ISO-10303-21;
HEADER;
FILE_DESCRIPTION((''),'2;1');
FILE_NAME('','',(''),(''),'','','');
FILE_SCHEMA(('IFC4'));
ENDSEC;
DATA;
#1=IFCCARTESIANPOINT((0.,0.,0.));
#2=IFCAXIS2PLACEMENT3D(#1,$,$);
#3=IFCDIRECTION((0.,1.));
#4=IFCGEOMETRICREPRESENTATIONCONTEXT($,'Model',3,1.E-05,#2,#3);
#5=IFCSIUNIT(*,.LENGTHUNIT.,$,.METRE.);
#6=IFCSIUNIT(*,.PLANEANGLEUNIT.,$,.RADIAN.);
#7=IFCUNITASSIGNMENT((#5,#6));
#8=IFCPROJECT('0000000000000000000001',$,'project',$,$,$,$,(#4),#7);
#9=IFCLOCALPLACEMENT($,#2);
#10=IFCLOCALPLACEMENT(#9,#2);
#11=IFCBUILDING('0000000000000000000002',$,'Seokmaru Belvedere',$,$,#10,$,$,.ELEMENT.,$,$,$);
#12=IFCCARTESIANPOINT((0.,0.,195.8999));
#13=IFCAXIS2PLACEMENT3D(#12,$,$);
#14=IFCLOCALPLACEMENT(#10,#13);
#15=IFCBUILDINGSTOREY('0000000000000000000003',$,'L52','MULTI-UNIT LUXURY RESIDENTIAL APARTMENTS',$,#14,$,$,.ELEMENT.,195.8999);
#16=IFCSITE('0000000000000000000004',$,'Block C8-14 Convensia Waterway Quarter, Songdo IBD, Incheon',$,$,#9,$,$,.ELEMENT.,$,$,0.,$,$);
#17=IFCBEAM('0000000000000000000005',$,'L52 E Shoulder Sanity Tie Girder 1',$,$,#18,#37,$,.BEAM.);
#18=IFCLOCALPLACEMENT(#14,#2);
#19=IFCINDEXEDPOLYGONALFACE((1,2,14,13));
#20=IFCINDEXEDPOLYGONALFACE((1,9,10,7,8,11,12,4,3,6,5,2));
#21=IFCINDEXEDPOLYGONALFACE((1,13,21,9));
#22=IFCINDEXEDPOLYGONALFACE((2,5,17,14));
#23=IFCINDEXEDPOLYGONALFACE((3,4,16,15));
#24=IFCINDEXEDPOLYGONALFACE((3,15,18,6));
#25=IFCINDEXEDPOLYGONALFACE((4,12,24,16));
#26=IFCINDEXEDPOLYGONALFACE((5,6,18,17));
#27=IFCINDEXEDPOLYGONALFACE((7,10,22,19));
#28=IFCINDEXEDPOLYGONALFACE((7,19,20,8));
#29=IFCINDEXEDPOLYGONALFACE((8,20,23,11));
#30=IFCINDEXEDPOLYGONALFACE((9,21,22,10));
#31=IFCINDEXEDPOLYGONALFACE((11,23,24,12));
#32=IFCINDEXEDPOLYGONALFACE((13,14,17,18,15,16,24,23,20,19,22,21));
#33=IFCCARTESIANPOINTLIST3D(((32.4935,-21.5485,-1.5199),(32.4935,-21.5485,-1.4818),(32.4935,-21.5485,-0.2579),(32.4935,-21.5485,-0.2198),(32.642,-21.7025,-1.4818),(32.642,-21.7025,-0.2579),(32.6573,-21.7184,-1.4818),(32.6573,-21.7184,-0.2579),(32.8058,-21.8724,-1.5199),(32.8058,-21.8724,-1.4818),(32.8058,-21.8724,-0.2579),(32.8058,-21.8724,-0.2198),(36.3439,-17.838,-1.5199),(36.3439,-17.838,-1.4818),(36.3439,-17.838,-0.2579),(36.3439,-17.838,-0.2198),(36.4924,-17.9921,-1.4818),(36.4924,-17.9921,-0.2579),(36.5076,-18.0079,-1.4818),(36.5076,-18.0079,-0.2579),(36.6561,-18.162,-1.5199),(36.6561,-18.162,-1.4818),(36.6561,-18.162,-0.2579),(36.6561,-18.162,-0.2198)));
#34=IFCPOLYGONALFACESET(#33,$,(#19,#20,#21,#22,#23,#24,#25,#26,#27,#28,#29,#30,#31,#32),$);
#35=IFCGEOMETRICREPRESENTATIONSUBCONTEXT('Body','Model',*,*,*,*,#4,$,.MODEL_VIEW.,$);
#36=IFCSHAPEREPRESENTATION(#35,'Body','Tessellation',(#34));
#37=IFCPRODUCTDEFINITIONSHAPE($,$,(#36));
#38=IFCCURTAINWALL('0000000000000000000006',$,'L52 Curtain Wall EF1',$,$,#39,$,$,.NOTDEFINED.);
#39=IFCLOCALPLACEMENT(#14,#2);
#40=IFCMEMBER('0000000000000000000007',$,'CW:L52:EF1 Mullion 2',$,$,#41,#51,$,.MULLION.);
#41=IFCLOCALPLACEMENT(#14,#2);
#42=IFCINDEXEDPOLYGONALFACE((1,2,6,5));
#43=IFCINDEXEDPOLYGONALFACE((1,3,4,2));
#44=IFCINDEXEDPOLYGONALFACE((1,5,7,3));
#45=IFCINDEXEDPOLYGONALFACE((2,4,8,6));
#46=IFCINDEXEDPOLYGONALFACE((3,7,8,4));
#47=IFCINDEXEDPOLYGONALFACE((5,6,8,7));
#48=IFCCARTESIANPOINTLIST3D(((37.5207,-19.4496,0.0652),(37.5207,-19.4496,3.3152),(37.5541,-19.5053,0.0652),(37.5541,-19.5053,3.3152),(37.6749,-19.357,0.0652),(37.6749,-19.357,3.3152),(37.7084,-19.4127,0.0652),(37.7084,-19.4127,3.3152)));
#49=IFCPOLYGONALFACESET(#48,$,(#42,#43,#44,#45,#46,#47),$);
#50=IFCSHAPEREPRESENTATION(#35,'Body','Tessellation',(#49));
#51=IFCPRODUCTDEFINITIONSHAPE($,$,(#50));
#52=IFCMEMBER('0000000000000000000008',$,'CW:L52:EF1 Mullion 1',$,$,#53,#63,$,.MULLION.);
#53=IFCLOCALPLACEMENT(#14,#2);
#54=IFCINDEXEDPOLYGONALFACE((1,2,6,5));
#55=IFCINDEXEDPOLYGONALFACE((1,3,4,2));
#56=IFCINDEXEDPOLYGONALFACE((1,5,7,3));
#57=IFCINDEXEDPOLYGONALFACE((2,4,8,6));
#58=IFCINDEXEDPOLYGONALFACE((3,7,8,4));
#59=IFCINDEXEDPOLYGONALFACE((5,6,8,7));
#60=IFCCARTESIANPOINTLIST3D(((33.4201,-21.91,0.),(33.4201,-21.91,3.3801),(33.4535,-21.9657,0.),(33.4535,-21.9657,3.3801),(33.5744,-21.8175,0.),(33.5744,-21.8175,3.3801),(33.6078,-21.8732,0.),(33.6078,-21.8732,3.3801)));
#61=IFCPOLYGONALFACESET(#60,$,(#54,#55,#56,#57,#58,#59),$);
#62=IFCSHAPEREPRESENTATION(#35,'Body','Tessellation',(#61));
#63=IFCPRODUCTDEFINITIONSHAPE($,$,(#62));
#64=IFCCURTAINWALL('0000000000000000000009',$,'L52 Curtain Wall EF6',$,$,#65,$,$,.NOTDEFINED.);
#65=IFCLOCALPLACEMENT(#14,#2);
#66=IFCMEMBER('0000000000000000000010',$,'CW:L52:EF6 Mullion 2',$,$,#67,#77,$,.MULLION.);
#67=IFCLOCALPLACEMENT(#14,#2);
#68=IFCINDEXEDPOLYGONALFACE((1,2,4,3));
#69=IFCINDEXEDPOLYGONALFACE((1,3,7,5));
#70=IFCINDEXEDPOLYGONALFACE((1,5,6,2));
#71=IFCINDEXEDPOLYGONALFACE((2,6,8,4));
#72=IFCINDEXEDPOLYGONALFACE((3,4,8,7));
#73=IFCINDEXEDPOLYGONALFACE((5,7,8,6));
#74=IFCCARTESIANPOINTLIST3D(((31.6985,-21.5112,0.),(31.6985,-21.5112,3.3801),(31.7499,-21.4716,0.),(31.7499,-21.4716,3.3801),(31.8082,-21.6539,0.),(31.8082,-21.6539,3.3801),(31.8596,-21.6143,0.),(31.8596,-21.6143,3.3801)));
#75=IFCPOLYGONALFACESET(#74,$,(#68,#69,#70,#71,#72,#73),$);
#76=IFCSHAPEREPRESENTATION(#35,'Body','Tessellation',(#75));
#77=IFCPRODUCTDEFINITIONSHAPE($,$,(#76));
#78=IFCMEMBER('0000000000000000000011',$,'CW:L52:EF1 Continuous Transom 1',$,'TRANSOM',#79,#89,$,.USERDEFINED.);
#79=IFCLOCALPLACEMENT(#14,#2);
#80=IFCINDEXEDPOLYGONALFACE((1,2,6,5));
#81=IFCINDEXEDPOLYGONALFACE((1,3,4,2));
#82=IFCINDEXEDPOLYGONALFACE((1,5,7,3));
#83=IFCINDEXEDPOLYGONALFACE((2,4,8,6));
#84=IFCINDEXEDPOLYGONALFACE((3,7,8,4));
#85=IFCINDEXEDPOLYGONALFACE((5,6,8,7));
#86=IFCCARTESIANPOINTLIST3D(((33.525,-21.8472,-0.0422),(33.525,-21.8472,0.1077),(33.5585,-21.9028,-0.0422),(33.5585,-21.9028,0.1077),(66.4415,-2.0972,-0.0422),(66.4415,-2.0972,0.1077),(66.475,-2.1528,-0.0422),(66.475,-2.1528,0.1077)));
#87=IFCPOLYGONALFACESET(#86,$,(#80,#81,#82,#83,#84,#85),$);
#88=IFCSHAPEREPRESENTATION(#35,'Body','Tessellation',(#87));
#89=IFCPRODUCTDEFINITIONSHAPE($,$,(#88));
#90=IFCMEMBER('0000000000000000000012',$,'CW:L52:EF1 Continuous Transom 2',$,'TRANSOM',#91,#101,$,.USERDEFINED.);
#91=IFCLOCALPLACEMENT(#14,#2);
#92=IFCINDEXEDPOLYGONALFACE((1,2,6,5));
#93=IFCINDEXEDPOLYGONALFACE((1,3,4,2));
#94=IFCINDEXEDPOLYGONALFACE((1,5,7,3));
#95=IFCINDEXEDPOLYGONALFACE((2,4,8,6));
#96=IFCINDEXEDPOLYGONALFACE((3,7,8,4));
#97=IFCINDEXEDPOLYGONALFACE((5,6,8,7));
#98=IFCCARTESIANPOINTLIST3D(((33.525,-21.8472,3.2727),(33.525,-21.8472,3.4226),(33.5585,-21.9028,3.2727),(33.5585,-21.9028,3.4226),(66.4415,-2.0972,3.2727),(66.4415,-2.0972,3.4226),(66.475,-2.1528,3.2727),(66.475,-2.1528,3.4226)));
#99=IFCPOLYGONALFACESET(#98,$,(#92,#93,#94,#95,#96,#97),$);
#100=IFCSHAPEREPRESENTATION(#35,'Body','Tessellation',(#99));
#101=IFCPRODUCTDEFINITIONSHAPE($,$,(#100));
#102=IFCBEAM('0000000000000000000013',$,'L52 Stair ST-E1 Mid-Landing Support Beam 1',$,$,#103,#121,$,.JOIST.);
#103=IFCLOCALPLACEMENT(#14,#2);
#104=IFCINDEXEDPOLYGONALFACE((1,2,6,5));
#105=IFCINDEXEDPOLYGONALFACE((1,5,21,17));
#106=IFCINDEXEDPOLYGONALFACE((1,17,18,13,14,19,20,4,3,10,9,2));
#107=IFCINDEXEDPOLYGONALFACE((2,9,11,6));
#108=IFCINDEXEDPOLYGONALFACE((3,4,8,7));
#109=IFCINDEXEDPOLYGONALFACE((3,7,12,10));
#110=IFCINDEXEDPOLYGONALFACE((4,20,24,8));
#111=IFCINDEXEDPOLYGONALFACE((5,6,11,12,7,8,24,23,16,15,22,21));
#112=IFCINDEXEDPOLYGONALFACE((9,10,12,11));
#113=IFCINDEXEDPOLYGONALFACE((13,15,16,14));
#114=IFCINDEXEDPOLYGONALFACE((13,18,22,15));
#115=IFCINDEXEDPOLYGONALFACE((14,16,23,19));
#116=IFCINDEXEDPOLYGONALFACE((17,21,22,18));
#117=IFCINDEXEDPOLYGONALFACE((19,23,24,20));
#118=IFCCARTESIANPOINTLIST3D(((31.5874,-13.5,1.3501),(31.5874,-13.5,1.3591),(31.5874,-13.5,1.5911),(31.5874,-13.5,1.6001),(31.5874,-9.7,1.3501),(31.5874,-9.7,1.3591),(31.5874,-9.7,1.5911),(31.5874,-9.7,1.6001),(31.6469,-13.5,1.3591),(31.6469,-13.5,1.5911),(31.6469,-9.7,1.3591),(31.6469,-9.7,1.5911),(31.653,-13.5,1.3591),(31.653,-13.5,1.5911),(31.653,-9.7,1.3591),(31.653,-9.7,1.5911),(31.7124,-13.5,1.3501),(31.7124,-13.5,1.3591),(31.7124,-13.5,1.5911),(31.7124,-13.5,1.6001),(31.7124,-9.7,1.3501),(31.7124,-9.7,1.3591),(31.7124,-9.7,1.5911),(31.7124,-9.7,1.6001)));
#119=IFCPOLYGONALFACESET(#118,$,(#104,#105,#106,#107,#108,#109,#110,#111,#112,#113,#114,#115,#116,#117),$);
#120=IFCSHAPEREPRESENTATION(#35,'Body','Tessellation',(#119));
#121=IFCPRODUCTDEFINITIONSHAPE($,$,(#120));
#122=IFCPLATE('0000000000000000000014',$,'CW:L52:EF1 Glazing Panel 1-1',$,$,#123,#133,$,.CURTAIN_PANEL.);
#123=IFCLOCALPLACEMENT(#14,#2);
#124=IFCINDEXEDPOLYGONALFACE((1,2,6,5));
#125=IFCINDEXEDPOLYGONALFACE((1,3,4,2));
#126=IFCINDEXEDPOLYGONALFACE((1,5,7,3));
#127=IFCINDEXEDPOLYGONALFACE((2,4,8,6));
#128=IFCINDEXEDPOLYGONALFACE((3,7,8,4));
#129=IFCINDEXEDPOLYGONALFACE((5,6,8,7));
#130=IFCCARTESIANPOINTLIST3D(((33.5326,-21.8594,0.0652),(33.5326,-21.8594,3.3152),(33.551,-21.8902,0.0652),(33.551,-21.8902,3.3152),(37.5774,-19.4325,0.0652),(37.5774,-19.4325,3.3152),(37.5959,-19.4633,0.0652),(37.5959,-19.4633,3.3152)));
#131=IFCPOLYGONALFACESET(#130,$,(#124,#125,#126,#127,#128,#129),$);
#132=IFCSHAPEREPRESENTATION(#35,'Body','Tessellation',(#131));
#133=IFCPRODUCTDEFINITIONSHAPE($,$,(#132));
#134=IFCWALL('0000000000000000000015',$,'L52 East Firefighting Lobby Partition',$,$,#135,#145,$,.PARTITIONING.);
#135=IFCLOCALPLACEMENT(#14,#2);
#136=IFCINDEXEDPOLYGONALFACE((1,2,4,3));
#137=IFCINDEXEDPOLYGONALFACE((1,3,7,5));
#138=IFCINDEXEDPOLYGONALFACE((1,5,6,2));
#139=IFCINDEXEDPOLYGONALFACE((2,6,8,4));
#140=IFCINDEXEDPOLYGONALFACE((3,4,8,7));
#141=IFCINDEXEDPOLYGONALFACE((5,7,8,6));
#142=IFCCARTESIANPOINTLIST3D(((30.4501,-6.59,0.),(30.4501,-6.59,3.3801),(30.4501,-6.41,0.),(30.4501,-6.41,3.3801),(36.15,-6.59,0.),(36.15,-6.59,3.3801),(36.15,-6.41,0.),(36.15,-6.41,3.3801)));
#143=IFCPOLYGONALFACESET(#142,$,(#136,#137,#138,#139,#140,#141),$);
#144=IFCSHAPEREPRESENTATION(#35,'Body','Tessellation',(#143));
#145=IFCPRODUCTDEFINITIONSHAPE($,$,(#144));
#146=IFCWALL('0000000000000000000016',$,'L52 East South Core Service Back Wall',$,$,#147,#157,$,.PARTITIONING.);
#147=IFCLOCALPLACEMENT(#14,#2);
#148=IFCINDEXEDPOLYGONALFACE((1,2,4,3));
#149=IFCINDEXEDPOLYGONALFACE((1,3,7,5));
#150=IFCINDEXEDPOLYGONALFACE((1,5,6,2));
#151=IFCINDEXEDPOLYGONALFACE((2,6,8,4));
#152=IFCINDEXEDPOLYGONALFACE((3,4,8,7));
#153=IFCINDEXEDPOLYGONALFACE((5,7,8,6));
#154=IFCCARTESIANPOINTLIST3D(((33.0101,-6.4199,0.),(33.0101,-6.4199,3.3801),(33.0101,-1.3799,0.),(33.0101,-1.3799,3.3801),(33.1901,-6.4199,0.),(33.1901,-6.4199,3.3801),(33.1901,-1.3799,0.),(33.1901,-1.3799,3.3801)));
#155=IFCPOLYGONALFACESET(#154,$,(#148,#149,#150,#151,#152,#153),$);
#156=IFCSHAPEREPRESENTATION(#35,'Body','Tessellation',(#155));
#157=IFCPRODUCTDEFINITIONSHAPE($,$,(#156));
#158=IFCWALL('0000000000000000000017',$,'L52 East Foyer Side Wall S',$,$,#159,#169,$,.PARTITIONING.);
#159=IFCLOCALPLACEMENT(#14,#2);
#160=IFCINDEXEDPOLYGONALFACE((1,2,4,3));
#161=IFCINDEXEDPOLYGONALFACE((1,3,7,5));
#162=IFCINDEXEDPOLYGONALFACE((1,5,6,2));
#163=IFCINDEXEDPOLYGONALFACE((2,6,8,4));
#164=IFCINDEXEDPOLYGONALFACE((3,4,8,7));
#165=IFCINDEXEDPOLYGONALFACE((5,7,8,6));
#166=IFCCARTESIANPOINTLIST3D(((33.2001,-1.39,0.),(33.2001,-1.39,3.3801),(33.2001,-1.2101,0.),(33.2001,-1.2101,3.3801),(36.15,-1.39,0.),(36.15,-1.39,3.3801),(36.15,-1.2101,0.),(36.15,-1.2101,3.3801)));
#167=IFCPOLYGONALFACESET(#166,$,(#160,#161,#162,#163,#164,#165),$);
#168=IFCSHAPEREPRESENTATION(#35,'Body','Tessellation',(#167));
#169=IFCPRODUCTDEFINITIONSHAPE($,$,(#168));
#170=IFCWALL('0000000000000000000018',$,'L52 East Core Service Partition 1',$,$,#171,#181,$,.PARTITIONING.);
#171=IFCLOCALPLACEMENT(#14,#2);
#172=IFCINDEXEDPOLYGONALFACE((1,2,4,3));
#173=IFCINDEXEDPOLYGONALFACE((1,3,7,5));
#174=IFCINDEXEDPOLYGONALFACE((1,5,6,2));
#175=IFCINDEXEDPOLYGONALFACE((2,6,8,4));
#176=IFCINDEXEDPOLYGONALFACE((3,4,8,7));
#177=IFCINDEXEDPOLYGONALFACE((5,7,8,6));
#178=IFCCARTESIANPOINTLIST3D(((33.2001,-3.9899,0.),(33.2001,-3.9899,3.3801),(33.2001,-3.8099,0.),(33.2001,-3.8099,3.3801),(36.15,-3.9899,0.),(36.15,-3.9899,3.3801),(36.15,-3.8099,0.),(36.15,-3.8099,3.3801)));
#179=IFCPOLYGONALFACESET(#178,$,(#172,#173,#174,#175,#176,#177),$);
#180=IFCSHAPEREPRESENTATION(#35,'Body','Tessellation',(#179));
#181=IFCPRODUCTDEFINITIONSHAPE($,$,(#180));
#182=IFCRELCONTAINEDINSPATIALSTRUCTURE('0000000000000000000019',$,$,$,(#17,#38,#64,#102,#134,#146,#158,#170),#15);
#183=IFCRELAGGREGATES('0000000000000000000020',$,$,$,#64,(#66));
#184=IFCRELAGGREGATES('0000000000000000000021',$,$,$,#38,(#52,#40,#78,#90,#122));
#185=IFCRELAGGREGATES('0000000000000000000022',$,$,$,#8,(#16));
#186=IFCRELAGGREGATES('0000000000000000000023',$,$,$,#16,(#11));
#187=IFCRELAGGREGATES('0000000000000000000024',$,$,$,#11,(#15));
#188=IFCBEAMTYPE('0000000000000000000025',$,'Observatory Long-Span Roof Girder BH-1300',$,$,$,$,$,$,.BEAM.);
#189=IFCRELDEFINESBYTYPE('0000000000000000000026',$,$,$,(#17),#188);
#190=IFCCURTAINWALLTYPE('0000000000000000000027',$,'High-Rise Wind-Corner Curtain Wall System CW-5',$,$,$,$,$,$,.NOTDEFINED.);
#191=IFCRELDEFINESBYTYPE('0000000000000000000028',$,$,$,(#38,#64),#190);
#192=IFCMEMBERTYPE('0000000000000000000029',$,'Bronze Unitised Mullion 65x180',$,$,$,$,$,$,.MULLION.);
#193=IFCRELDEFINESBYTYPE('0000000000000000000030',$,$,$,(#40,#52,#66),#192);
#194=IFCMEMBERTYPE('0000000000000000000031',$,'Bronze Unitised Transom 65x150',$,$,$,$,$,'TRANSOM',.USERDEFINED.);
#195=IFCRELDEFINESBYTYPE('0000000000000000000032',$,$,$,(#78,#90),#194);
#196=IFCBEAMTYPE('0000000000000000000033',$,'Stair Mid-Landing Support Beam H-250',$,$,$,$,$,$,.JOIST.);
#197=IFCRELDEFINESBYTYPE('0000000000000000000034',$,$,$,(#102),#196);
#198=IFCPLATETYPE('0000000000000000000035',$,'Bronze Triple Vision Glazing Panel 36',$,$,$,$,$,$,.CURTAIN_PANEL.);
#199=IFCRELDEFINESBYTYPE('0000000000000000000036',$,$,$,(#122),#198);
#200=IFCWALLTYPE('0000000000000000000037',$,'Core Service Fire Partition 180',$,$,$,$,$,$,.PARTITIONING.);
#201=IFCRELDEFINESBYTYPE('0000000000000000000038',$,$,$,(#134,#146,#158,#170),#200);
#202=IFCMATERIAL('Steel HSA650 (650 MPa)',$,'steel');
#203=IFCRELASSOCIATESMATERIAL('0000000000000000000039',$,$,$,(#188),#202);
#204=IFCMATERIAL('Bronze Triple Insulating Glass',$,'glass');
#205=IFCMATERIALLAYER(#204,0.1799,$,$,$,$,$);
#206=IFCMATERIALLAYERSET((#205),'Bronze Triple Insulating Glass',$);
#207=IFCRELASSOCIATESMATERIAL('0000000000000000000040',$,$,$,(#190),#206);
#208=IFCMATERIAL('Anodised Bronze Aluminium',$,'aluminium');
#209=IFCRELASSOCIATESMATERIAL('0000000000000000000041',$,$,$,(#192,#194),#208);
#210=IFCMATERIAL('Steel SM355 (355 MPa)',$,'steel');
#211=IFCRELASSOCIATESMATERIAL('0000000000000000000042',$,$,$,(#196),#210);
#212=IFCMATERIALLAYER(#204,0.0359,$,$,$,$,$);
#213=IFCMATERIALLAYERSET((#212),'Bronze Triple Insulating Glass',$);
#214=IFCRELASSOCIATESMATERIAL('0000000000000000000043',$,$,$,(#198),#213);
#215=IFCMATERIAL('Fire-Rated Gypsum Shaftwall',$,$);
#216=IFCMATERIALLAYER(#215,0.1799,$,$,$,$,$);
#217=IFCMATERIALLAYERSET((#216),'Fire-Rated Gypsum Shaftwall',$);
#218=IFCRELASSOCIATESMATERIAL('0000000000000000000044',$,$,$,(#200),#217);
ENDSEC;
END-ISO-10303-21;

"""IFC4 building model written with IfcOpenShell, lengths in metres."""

from ifc_helpers import new_model, si_unit, direction, frame, frame_2d, origin, origin_2d, place, context, subcontext, project, spatial, rectangle, i_section, extrude, source, transform, mapped, material, layer, layer_set, material_profile, profile_set, type_object, type_shapes, element, aggregate, save


model = new_model("IFC4")

# Units and contexts
model_context = context("Model", 3, precision=1e-05, world=origin(), true_north=direction((0.0, 1.0)))
body_context = subcontext(model_context, "Body", "Model", "MODEL_VIEW")
ifc_project = project(units=[si_unit("LENGTHUNIT", "METRE"), si_unit("PLANEANGLEUNIT", "RADIAN")], contexts=[model_context])

# Site, building, storey
site_placement = place(None, origin())
site = spatial("IfcSite", under=ifc_project, at=site_placement, Name="Block C8-14 Convensia Waterway Quarter, Songdo IBD, Incheon", CompositionType="ELEMENT", RefElevation=0.0)
building_placement = place(site_placement, origin())
building = spatial("IfcBuilding", under=site, at=building_placement, Name="Seokmaru Belvedere", CompositionType="ELEMENT")
storey_placement = place(building_placement, frame((0.0, 0.0, 195.8999)))
storey = spatial("IfcBuildingStorey", under=building, at=storey_placement, Name="L52", Description="MULTI-UNIT LUXURY RESIDENTIAL APARTMENTS", CompositionType="ELEMENT", Elevation=195.8999)

# Shared definitions
ifc_material_1 = material(Name="Steel SM355 (355 MPa)", Category="steel")

# Beam
ifc_material_2 = material(Name="Steel HSA650 (650 MPa)", Category="steel")
ifc_material_profile_1 = material_profile(ifc_material_2, i_section(OverallWidth=0.45, OverallDepth=1.3, WebThickness=0.022, FlangeThickness=0.0381, at=origin_2d()), Name="BH-1300x450x22x38")
ifc_profile_set_1 = profile_set([ifc_material_profile_1], Name="Steel HSA650 (650 MPa)")
beam_type_1 = type_object("IfcBeamType", Name="Observatory Long-Span Roof Girder BH-1300", PredefinedType="BEAM", material=ifc_profile_set_1)
shared_shape_1 = source(origin(), body_context, "Body", "SweptSolid", [
    extrude(i_section(OverallWidth=0.45, OverallDepth=1.3, WebThickness=0.022, FlangeThickness=0.0381, at=origin_2d()), origin(), (0.0, 0.0, 1.0), 5.3472),
])
beam_1_placement = place(storey_placement, frame((32.6497, -21.7104, -0.8699), z_axis=(0.720067, 0.693905, 0.0), x_axis=(-0.693905, 0.720067, 0.0)))
element("IfcBeam", 1, at=beam_1_placement, inside=storey, type_object=beam_type_1, Name="L52 E Shoulder Sanity Tie Girder 1", PredefinedType="BEAM", context=body_context, shape_type="MappedRepresentation", body=[
    mapped(shared_shape_1, transform((0.0, 0.0, 0.0), scale=1.0)),
])

# Curtain wall, members
ifc_material_3 = material(Name="Bronze Triple Insulating Glass", Category="glass")
ifc_layer_1 = layer(ifc_material_3, 0.1799)
ifc_layer_set_1 = layer_set([ifc_layer_1], Name="Bronze Triple Insulating Glass")
curtain_wall_type = type_object("IfcCurtainWallType", Name="High-Rise Wind-Corner Curtain Wall System CW-5", PredefinedType="NOTDEFINED", material=ifc_layer_set_1)
curtain_wall_1_placement = place(storey_placement, origin())
curtain_wall_1 = element("IfcCurtainWall", 2, at=curtain_wall_1_placement, inside=storey, type_object=curtain_wall_type, Name="L52 Curtain Wall EF1", PredefinedType="NOTDEFINED")
ifc_material_4 = material(Name="Anodised Bronze Aluminium", Category="aluminium")
ifc_material_profile_2 = material_profile(ifc_material_4, rectangle(XDim=0.0649, YDim=0.1799, at=origin_2d()), Name="CW-M-65x180")
ifc_profile_set_2 = profile_set([ifc_material_profile_2], Name="Anodised Bronze Aluminium")
member_type_1 = type_object("IfcMemberType", Name="Bronze Unitised Mullion 65x180", PredefinedType="MULLION", material=ifc_profile_set_2)
shared_shape_2 = source(origin(), body_context, "Body", "SweptSolid", [
    extrude(rectangle(XDim=0.0649, YDim=0.1799, at=origin_2d()), origin(), (0.0, 0.0, 1.0), 3.25),
])
member_1_placement = place(storey_placement, frame((37.6145, -19.4312, 0.0652), z_axis=(0.0, 0.0, 1.0), x_axis=(-0.514495, 0.857493, 0.0)))
member_1 = element("IfcMember", 3, at=member_1_placement, type_object=member_type_1, Name="CW:L52:EF1 Mullion 2", PredefinedType="MULLION", context=body_context, shape_type="MappedRepresentation", body=[
    mapped(shared_shape_2, transform((0.0, 0.0, 0.0), scale=1.0)),
])
shared_shape_3 = source(origin(), body_context, "Body", "SweptSolid", [
    extrude(rectangle(XDim=0.0649, YDim=0.1799, at=origin_2d()), origin(), (0.0, 0.0, 1.0), 3.3801),
])
type_shapes(member_type_1, [shared_shape_2, shared_shape_3])
member_2_placement = place(storey_placement, frame((33.5139, -21.8916, 0.0), z_axis=(0.0, 0.0, 1.0), x_axis=(-0.514495, 0.857493, 0.0)))
member_2 = element("IfcMember", 4, at=member_2_placement, type_object=member_type_1, Name="CW:L52:EF1 Mullion 1", PredefinedType="MULLION", context=body_context, shape_type="MappedRepresentation", body=[
    mapped(shared_shape_3, transform((0.0, 0.0, 0.0), scale=1.0)),
])

# Curtain wall, member
curtain_wall_2_placement = place(storey_placement, origin())
curtain_wall_2 = element("IfcCurtainWall", 5, at=curtain_wall_2_placement, inside=storey, type_object=curtain_wall_type, Name="L52 Curtain Wall EF6", PredefinedType="NOTDEFINED")
member_3_placement = place(storey_placement, frame((31.7791, -21.5627, 0.0), z_axis=(0.0, 0.0, 1.0), x_axis=(0.792631, 0.609701, 0.0)))
member_3 = element("IfcMember", 6, at=member_3_placement, type_object=member_type_1, Name="CW:L52:EF6 Mullion 2", PredefinedType="MULLION", context=body_context, shape_type="MappedRepresentation", body=[
    mapped(shared_shape_3, transform((0.0, 0.0, 0.0), scale=1.0)),
])
aggregate(curtain_wall_2, [member_3])

# Members
ifc_material_profile_3 = material_profile(ifc_material_4, rectangle(XDim=0.0649, YDim=0.1499, at=origin_2d()), Name="CW-T-65x150")
ifc_profile_set_3 = profile_set([ifc_material_profile_3], Name="Anodised Bronze Aluminium")
member_type_2 = type_object("IfcMemberType", Name="Bronze Unitised Transom 65x150", ElementType="TRANSOM", PredefinedType="USERDEFINED", material=ifc_profile_set_3)
shared_shape_4 = source(origin(), body_context, "Body", "SweptSolid", [
    extrude(rectangle(XDim=0.0649, YDim=0.1499, at=origin_2d()), origin(), (0.0, 0.0, 1.0), 38.387),
])
type_shapes(member_type_2, [shared_shape_4])
member_4_placement = place(storey_placement, frame((33.5417, -21.875, 0.0327), z_axis=(0.857492, 0.514498, 0.0), x_axis=(-0.514498, 0.857492, 0.0)))
member_4 = element("IfcMember", 7, at=member_4_placement, type_object=member_type_2, Name="CW:L52:EF1 Continuous Transom 1", ObjectType="TRANSOM", PredefinedType="USERDEFINED", context=body_context, shape_type="MappedRepresentation", body=[
    mapped(shared_shape_4, transform((0.0, 0.0, 0.0), scale=1.0)),
])
member_5_placement = place(storey_placement, frame((33.5417, -21.875, 3.3477), z_axis=(0.857492, 0.514498, 0.0), x_axis=(-0.514498, 0.857492, 0.0)))
member_5 = element("IfcMember", 8, at=member_5_placement, type_object=member_type_2, Name="CW:L52:EF1 Continuous Transom 2", ObjectType="TRANSOM", PredefinedType="USERDEFINED", context=body_context, shape_type="MappedRepresentation", body=[
    mapped(shared_shape_4, transform((0.0, 0.0, 0.0), scale=1.0)),
])

# Beam
ifc_material_profile_4 = material_profile(ifc_material_1, i_section(OverallWidth=0.125, OverallDepth=0.25, WebThickness=0.0061, FlangeThickness=0.009, at=origin_2d()), Name="H-250x125x6x9")
ifc_profile_set_4 = profile_set([ifc_material_profile_4], Name="Steel SM355 (355 MPa)")
beam_type_2 = type_object("IfcBeamType", Name="Stair Mid-Landing Support Beam H-250", PredefinedType="JOIST", material=ifc_profile_set_4)
shared_shape_5 = source(origin(), body_context, "Body", "SweptSolid", [
    extrude(i_section(OverallWidth=0.125, OverallDepth=0.25, WebThickness=0.0061, FlangeThickness=0.009, at=origin_2d()), origin(), (0.0, 0.0, 1.0), 3.8),
])
type_shapes(beam_type_2, [shared_shape_5])
beam_2_placement = place(storey_placement, frame((31.6499, -13.5, 1.4751), z_axis=(0.0, 1.0, 0.0), x_axis=(-1.0, 0.0, 0.0)))
element("IfcBeam", 9, at=beam_2_placement, inside=storey, type_object=beam_type_2, Name="L52 Stair ST-E1 Mid-Landing Support Beam 1", PredefinedType="JOIST", context=body_context, shape_type="MappedRepresentation", body=[
    mapped(shared_shape_5, transform((0.0, 0.0, 0.0), scale=1.0)),
])

# Plate
ifc_layer_2 = layer(ifc_material_3, 0.0359)
ifc_layer_set_2 = layer_set([ifc_layer_2], Name="Bronze Triple Insulating Glass")
plate_type = type_object("IfcPlateType", Name="Bronze Triple Vision Glazing Panel 36", PredefinedType="CURTAIN_PANEL", material=ifc_layer_set_2)
shared_shape_6 = source(origin(), body_context, "Body", "SweptSolid", [
    extrude(rectangle(XDim=4.717, YDim=0.0359, at=origin_2d()), origin(), (0.0, 0.0, 1.0), 3.25),
])
type_shapes(plate_type, [shared_shape_6])
plate_placement = place(storey_placement, frame((35.5642, -20.6614, 0.0652), z_axis=(0.0, 0.0, 1.0), x_axis=(0.857493, 0.514495, 0.0)))
plate = element("IfcPlate", 10, at=plate_placement, type_object=plate_type, Name="CW:L52:EF1 Glazing Panel 1-1", PredefinedType="CURTAIN_PANEL", context=body_context, shape_type="MappedRepresentation", body=[
    mapped(shared_shape_6, transform((0.0, 0.0, 0.0), scale=1.0)),
])
aggregate(curtain_wall_1, [member_2, member_1, member_4, member_5, plate])

# Walls
ifc_material_5 = material(Name="Fire-Rated Gypsum Shaftwall")
ifc_layer_3 = layer(ifc_material_5, 0.1799)
ifc_layer_set_3 = layer_set([ifc_layer_3], Name="Fire-Rated Gypsum Shaftwall")
wall_type_1 = type_object("IfcWallType", Name="Core Service Fire Partition 180", PredefinedType="PARTITIONING", material=ifc_layer_set_3)
wall_1_placement = place(storey_placement, frame((30.45, -6.5, 0.0), z_axis=(0.0, 0.0, 1.0), x_axis=(1.0, 0.0, 0.0)))
element("IfcWall", 11, at=wall_1_placement, inside=storey, type_object=wall_type_1, Name="L52 East Firefighting Lobby Partition", PredefinedType="PARTITIONING", context=body_context, shape_type="SweptSolid", body=[
    extrude(rectangle(XDim=5.7, YDim=0.1799, at=frame_2d((2.8501, 0.0))), origin(), (0.0, 0.0, 1.0), 3.3801),
])
wall_2_placement = place(storey_placement, frame((33.1001, -6.4199, 0.0), z_axis=(0.0, 0.0, 1.0), x_axis=(0.0, 1.0, 0.0)))
element("IfcWall", 12, at=wall_2_placement, inside=storey, type_object=wall_type_1, Name="L52 East South Core Service Back Wall", PredefinedType="PARTITIONING", context=body_context, shape_type="SweptSolid", body=[
    extrude(rectangle(XDim=5.04, YDim=0.1799, at=frame_2d((2.52, 0.0))), origin(), (0.0, 0.0, 1.0), 3.3801),
])
for number, where, z_axis, x_axis, name in (
    (13, (33.2, -1.3, 0.0), (0.0, 0.0, 1.0), (1.0, 0.0, 0.0), "L52 East Foyer Side Wall S"),
    (14, (33.2, -3.8999, 0.0), (0.0, 0.0, 1.0), (1.0, 0.0, 0.0), "L52 East Core Service Partition 1"),
):
    element("IfcWall", number, at=place(storey_placement, frame(where, z_axis=z_axis, x_axis=x_axis)), inside=storey, type_object=wall_type_1, Name=name, PredefinedType="PARTITIONING", context=body_context, shape_type="SweptSolid", body=[
        extrude(rectangle(XDim=2.95, YDim=0.1799, at=frame_2d((1.4751, 0.0))), origin(), (0.0, 0.0, 1.0), 3.3801),
    ])

save(model, "model.ifc")
